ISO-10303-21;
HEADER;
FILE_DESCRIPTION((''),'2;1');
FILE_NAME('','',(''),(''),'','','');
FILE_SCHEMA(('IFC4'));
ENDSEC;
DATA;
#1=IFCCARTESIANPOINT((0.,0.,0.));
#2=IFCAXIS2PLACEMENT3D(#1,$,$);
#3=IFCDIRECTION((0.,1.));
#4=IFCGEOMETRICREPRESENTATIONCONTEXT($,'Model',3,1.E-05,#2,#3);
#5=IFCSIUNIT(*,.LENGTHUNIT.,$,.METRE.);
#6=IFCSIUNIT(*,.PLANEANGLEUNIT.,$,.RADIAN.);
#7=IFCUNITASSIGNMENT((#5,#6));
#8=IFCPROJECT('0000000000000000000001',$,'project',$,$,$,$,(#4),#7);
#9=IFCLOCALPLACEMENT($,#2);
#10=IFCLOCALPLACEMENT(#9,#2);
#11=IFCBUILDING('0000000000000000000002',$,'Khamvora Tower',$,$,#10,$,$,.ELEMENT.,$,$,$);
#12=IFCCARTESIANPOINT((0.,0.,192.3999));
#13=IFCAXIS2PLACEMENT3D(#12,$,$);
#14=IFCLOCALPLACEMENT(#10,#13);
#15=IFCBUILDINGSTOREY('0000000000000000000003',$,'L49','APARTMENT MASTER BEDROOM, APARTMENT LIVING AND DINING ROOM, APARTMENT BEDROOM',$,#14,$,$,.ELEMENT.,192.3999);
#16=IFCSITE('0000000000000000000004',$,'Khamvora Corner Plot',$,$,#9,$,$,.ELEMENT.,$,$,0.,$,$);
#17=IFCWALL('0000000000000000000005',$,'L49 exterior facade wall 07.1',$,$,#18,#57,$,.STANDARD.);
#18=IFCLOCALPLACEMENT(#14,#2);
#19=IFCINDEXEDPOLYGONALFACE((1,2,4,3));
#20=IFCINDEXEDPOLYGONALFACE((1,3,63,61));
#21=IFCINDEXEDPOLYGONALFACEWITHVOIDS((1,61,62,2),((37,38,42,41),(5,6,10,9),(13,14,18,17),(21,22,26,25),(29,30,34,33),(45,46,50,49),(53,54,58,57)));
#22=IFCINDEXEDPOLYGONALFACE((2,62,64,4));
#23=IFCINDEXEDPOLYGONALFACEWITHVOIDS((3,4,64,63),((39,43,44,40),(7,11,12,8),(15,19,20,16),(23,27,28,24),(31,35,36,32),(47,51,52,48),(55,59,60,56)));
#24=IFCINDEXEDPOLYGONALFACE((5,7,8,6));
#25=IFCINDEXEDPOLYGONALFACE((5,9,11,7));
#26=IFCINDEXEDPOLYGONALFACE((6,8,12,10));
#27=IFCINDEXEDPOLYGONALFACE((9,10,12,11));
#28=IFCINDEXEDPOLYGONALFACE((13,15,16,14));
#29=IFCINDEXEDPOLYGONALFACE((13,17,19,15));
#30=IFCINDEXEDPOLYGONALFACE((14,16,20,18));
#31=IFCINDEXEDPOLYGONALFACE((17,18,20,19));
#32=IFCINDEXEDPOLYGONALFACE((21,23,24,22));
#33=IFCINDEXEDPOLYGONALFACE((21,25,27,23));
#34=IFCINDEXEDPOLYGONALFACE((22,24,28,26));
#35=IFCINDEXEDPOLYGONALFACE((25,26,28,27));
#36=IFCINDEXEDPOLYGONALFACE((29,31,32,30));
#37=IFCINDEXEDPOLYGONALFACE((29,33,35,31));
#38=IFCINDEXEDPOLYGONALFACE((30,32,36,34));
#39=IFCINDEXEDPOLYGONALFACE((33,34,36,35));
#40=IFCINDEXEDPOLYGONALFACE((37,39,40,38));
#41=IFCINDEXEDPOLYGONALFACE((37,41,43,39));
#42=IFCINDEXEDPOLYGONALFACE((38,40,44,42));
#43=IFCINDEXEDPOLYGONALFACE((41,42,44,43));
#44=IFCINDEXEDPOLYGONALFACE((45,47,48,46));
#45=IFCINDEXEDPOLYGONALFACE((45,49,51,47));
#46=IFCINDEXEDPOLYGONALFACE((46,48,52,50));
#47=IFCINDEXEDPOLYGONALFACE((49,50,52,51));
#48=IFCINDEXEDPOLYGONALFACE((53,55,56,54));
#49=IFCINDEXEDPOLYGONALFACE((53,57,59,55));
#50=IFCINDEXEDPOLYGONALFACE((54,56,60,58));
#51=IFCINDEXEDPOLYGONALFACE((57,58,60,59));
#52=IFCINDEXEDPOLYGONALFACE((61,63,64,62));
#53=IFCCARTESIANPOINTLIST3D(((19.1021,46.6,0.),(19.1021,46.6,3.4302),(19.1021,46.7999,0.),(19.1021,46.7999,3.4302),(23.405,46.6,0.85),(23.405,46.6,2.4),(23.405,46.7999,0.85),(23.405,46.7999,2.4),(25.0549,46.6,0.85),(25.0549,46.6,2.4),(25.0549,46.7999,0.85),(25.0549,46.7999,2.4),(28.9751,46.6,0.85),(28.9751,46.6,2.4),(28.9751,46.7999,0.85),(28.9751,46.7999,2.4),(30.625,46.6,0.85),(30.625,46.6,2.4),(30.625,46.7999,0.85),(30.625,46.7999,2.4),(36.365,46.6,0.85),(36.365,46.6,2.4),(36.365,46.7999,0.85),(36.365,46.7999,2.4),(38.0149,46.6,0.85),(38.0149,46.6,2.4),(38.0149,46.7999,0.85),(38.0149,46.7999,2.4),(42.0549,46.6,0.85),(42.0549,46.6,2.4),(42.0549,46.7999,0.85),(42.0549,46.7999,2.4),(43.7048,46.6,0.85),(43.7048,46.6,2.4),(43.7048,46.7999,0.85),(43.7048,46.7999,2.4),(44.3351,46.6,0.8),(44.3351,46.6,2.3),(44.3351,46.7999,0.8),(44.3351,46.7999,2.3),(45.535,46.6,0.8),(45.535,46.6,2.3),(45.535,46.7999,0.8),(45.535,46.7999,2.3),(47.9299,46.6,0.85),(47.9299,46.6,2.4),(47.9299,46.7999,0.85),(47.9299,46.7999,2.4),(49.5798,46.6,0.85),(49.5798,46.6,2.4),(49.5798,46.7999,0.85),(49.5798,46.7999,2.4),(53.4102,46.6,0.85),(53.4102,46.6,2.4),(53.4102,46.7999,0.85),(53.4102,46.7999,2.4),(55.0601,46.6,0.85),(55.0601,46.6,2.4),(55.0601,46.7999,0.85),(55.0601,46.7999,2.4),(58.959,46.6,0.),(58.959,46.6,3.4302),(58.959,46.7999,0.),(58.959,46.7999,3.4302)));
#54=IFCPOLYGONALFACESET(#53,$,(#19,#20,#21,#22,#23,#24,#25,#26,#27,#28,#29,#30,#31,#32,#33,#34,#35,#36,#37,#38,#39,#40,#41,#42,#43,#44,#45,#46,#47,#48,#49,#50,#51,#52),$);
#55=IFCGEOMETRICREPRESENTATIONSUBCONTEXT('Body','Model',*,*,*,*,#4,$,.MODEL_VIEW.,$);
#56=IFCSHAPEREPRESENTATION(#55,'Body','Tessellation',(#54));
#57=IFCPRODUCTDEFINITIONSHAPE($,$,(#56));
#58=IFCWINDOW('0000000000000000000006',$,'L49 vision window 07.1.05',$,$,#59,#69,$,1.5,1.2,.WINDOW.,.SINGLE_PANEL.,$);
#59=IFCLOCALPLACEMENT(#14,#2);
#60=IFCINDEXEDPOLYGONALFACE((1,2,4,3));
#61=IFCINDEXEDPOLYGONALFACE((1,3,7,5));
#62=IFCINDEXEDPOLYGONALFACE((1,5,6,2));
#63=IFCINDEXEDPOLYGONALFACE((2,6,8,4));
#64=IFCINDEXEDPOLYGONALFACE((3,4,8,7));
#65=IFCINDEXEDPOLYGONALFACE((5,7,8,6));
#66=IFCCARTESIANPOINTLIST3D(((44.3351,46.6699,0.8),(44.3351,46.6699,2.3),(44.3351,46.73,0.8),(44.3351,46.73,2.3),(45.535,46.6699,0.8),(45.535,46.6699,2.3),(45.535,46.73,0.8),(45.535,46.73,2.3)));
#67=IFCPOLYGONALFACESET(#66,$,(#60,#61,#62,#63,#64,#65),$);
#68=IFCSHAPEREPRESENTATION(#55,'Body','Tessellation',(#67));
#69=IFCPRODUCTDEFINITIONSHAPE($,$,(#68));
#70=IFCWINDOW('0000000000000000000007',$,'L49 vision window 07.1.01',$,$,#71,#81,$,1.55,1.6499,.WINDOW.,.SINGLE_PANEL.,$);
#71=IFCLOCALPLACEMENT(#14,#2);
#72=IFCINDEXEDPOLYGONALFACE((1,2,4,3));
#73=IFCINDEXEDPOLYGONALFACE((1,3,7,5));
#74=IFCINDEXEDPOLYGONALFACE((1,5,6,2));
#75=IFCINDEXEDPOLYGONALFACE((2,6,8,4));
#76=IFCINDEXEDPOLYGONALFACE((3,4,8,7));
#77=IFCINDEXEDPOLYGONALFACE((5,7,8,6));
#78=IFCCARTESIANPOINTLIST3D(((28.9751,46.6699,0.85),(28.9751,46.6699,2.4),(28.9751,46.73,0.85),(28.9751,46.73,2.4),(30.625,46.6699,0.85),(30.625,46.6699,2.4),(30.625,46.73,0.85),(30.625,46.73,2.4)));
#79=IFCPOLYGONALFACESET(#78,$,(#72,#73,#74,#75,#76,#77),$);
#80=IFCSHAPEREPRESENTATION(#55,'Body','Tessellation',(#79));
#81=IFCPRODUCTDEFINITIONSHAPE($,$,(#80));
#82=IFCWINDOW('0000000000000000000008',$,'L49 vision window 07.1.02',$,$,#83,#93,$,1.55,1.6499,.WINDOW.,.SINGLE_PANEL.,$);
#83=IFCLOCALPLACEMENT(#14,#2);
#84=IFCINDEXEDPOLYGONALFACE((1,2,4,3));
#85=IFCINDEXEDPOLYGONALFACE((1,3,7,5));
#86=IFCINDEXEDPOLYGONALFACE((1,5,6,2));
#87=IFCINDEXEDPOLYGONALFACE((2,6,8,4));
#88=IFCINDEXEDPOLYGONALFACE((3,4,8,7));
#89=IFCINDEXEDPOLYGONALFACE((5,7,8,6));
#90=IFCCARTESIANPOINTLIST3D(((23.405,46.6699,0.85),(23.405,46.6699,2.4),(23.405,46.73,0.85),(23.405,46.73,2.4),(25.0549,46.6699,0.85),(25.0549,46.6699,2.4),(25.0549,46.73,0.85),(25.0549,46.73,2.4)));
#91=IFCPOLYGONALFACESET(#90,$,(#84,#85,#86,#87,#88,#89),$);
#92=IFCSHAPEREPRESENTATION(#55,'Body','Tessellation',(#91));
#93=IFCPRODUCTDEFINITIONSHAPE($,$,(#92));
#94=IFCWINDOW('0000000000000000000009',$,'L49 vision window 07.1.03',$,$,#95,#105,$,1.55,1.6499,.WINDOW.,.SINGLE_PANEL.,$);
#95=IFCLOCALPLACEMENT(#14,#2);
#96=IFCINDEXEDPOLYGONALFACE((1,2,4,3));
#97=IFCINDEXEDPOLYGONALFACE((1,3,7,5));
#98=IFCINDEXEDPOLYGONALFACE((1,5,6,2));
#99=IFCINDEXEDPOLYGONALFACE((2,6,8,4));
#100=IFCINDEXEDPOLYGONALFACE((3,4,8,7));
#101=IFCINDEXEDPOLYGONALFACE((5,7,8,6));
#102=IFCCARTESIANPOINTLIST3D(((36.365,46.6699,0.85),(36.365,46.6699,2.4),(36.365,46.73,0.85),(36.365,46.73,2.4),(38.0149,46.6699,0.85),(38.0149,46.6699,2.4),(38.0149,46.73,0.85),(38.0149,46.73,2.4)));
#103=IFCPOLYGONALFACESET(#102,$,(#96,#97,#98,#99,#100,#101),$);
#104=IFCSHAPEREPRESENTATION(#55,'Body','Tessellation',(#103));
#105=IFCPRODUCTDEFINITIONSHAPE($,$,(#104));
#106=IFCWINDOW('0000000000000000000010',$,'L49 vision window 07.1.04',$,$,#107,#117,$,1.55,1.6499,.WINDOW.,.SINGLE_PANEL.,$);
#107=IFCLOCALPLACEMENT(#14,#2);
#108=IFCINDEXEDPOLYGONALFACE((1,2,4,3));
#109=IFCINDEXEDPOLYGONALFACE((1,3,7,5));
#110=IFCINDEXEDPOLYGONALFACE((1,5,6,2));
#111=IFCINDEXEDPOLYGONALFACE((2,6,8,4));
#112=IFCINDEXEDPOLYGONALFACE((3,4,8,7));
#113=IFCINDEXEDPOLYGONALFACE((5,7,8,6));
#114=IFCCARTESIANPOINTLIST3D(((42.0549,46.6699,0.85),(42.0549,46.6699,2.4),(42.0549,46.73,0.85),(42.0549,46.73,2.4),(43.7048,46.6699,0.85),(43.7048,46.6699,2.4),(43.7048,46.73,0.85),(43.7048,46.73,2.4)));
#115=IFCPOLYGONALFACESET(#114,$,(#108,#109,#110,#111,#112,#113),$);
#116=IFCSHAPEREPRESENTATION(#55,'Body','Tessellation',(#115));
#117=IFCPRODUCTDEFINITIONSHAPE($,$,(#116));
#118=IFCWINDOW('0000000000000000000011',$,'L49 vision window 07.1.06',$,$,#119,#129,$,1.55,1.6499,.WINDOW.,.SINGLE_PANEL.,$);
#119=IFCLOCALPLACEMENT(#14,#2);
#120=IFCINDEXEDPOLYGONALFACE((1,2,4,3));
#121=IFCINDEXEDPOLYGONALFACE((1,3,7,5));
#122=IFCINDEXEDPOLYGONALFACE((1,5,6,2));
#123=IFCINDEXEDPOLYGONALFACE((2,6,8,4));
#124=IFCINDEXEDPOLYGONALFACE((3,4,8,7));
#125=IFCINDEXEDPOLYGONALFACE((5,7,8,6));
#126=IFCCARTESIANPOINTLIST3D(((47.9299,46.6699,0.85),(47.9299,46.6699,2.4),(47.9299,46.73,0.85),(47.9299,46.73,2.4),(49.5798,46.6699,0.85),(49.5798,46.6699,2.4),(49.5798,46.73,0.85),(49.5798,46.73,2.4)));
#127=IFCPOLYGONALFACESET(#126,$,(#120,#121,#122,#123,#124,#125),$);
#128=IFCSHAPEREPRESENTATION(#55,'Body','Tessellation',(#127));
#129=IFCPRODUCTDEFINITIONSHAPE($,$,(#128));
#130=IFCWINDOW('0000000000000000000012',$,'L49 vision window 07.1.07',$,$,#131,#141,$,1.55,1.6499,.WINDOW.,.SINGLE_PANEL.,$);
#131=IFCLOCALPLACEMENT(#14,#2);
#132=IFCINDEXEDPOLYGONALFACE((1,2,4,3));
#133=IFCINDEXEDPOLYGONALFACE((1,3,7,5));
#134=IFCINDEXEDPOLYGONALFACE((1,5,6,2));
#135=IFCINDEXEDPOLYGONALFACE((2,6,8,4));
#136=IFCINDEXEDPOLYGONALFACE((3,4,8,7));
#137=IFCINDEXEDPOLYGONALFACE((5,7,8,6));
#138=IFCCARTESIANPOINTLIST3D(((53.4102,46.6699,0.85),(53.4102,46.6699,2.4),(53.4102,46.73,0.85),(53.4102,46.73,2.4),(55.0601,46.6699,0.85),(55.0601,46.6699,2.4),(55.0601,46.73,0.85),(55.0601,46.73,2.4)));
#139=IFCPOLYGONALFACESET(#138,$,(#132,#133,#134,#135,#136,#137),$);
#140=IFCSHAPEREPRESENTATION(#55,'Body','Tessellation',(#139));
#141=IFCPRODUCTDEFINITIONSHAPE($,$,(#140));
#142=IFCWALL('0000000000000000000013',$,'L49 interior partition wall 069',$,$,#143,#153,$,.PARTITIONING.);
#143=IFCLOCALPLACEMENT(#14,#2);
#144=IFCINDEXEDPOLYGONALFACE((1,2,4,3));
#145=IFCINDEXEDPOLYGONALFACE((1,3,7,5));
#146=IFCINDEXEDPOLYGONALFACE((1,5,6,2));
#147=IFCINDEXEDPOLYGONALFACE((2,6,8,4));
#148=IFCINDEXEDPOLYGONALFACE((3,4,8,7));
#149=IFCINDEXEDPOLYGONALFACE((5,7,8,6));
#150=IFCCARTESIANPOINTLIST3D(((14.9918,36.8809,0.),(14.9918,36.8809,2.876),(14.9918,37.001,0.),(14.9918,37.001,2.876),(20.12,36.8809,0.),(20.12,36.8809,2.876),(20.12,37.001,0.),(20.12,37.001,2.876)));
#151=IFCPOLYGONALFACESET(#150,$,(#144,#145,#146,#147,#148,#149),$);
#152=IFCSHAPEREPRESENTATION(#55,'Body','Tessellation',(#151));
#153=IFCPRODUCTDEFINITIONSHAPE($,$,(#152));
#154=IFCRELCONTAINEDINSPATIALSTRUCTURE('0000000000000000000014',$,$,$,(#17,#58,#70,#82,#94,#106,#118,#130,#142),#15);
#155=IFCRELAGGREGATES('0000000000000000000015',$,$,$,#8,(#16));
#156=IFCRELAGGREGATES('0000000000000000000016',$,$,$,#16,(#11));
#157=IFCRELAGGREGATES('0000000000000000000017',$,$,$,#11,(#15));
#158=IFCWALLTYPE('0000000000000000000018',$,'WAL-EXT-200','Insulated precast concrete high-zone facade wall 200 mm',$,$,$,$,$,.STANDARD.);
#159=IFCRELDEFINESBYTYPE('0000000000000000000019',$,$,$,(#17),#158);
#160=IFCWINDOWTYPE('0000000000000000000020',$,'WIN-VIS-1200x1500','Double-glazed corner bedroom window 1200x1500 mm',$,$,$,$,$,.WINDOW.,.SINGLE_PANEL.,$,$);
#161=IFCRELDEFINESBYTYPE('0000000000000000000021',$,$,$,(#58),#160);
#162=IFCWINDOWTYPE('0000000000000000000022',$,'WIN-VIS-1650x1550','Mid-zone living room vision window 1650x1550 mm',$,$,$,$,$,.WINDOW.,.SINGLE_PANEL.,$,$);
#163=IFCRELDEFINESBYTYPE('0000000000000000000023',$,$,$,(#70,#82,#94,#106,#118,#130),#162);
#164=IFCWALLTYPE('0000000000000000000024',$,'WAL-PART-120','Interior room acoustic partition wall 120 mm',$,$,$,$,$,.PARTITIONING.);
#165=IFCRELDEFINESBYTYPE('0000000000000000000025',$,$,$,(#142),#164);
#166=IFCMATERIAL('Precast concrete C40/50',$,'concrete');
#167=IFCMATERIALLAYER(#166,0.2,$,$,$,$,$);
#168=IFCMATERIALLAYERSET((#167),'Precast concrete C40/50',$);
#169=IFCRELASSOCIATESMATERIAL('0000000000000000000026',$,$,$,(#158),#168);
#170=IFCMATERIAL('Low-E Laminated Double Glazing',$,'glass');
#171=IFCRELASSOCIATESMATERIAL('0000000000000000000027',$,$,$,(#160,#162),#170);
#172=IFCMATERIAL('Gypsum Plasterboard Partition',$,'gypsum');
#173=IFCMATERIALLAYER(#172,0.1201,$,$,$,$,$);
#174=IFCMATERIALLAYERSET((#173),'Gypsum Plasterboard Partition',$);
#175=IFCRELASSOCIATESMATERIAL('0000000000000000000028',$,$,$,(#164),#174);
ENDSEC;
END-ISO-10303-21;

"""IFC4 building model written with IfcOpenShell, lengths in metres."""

from ifc_helpers import new_model, si_unit, direction, frame, frame_2d, origin, place, context, subcontext, project, spatial, rectangle, extrude, material, layer, layer_set, type_object, element, fill, save


model = new_model("IFC4")

# Units and contexts
model_context = context("Model", 3, precision=1e-05, world=origin(), true_north=direction((0.0, 1.0)))
body_context = subcontext(model_context, "Body", "Model", "MODEL_VIEW")
ifc_project = project(units=[si_unit("LENGTHUNIT", "METRE"), si_unit("PLANEANGLEUNIT", "RADIAN")], contexts=[model_context])

# Site, building, storey
site_placement = place(None, origin())
site = spatial("IfcSite", under=ifc_project, at=site_placement, Name="Khamvora Corner Plot", CompositionType="ELEMENT", RefElevation=0.0)
building_placement = place(site_placement, origin())
building = spatial("IfcBuilding", under=site, at=building_placement, Name="Khamvora Tower", CompositionType="ELEMENT")
storey_placement = place(building_placement, frame((0.0, 0.0, 192.3999)))
storey = spatial("IfcBuildingStorey", under=building, at=storey_placement, Name="L49", Description="APARTMENT MASTER BEDROOM, APARTMENT LIVING AND DINING ROOM, APARTMENT BEDROOM", CompositionType="ELEMENT", Elevation=192.3999)

# Shared definitions
ifc_material_1 = material(Name="Precast concrete C40/50", Category="concrete")
ifc_layer_1 = layer(ifc_material_1, 0.2)
ifc_layer_set_1 = layer_set([ifc_layer_1], Name="Precast concrete C40/50")
wall_type_1 = type_object("IfcWallType", Name="WAL-EXT-200", Description="Insulated precast concrete high-zone facade wall 200 mm", PredefinedType="STANDARD", material=ifc_layer_set_1)

# Wall, openings, windows
wall_1_placement = place(storey_placement, frame((19.1021, 46.7, 0.0), z_axis=(0.0, 0.0, 1.0), x_axis=(1.0, 0.0, 0.0)))
wall_1 = element("IfcWall", 1, at=wall_1_placement, inside=storey, type_object=wall_type_1, Name="L49 exterior facade wall 07.1", PredefinedType="STANDARD", context=body_context, shape_type="SweptSolid", body=[
    extrude(rectangle(XDim=39.8569, YDim=0.2, at=frame_2d((19.9285, 0.0))), origin(), (0.0, 0.0, 1.0), 3.4302),
])
opening_1_placement = place(wall_1_placement, frame((9.873, 0.0, 0.8501)))
opening_1 = element("IfcOpeningElement", 2, at=opening_1_placement, cuts=wall_1, PredefinedType="OPENING", context=body_context, shape_type="SweptSolid", body=[
    extrude(rectangle(XDim=1.6499, YDim=1.55, at=frame_2d((0.825, 0.7749))), frame((0.0, 0.1099, 0.0), z_axis=(0.0, -1.0, 0.0), x_axis=(1.0, 0.0, 0.0)), (0.0, 0.0, 1.0), 0.22),
])
opening_2_placement = place(wall_1_placement, frame((4.303, 0.0, 0.8501)))
opening_2 = element("IfcOpeningElement", 3, at=opening_2_placement, cuts=wall_1, PredefinedType="OPENING", context=body_context, shape_type="SweptSolid", body=[
    extrude(rectangle(XDim=1.6499, YDim=1.55, at=frame_2d((0.825, 0.7749))), frame((0.0, 0.1099, 0.0), z_axis=(0.0, -1.0, 0.0), x_axis=(1.0, 0.0, 0.0)), (0.0, 0.0, 1.0), 0.22),
])
opening_3_placement = place(wall_1_placement, frame((17.2629, 0.0, 0.8501)))
opening_3 = element("IfcOpeningElement", 4, at=opening_3_placement, cuts=wall_1, PredefinedType="OPENING", context=body_context, shape_type="SweptSolid", body=[
    extrude(rectangle(XDim=1.6499, YDim=1.55, at=frame_2d((0.825, 0.7749))), frame((0.0, 0.1099, 0.0), z_axis=(0.0, -1.0, 0.0), x_axis=(1.0, 0.0, 0.0)), (0.0, 0.0, 1.0), 0.22),
])
opening_4_placement = place(wall_1_placement, frame((22.9529, 0.0, 0.8501)))
opening_4 = element("IfcOpeningElement", 5, at=opening_4_placement, cuts=wall_1, PredefinedType="OPENING", context=body_context, shape_type="SweptSolid", body=[
    extrude(rectangle(XDim=1.6499, YDim=1.55, at=frame_2d((0.825, 0.7749))), frame((0.0, 0.1099, 0.0), z_axis=(0.0, -1.0, 0.0), x_axis=(1.0, 0.0, 0.0)), (0.0, 0.0, 1.0), 0.22),
])
opening_5_placement = place(wall_1_placement, frame((25.2329, 0.0, 0.8)))
opening_5 = element("IfcOpeningElement", 6, at=opening_5_placement, cuts=wall_1, PredefinedType="OPENING", context=body_context, shape_type="SweptSolid", body=[
    extrude(rectangle(XDim=1.2, YDim=1.5, at=frame_2d((0.6001, 0.75))), frame((0.0, 0.1099, 0.0), z_axis=(0.0, -1.0, 0.0), x_axis=(1.0, 0.0, 0.0)), (0.0, 0.0, 1.0), 0.22),
])
opening_6_placement = place(wall_1_placement, frame((28.8279, 0.0, 0.8501)))
opening_6 = element("IfcOpeningElement", 7, at=opening_6_placement, cuts=wall_1, PredefinedType="OPENING", context=body_context, shape_type="SweptSolid", body=[
    extrude(rectangle(XDim=1.6499, YDim=1.55, at=frame_2d((0.825, 0.7749))), frame((0.0, 0.1099, 0.0), z_axis=(0.0, -1.0, 0.0), x_axis=(1.0, 0.0, 0.0)), (0.0, 0.0, 1.0), 0.22),
])
opening_7_placement = place(wall_1_placement, frame((34.3081, 0.0, 0.8501)))
opening_7 = element("IfcOpeningElement", 8, at=opening_7_placement, cuts=wall_1, PredefinedType="OPENING", context=body_context, shape_type="SweptSolid", body=[
    extrude(rectangle(XDim=1.6499, YDim=1.55, at=frame_2d((0.825, 0.7749))), frame((0.0, 0.1099, 0.0), z_axis=(0.0, -1.0, 0.0), x_axis=(1.0, 0.0, 0.0)), (0.0, 0.0, 1.0), 0.22),
])
ifc_material_2 = material(Name="Low-E Laminated Double Glazing", Category="glass")
window_type_1 = type_object("IfcWindowType", Name="WIN-VIS-1200x1500", Description="Double-glazed corner bedroom window 1200x1500 mm", PartitioningType="SINGLE_PANEL", PredefinedType="WINDOW", material=ifc_material_2)
window_1_placement = place(opening_5_placement, origin())
window_1 = element("IfcWindow", 9, at=window_1_placement, inside=storey, type_object=window_type_1, Name="L49 vision window 07.1.05", OverallHeight=1.5, OverallWidth=1.2, PartitioningType="SINGLE_PANEL", PredefinedType="WINDOW", context=body_context, shape_type="SweptSolid", body=[
    extrude(rectangle(XDim=1.2, YDim=1.5, at=frame_2d((0.6001, 0.75))), frame((0.0, 0.03, 0.0), z_axis=(0.0, -1.0, 0.0), x_axis=(1.0, 0.0, 0.0)), (0.0, 0.0, 1.0), 0.0601),
])
fill(opening_5, window_1)
window_type_2 = type_object("IfcWindowType", Name="WIN-VIS-1650x1550", Description="Mid-zone living room vision window 1650x1550 mm", PartitioningType="SINGLE_PANEL", PredefinedType="WINDOW", material=ifc_material_2)
window_2_placement = place(opening_1_placement, origin())
window_2 = element("IfcWindow", 10, at=window_2_placement, inside=storey, type_object=window_type_2, Name="L49 vision window 07.1.01", OverallHeight=1.55, OverallWidth=1.6499, PartitioningType="SINGLE_PANEL", PredefinedType="WINDOW", context=body_context, shape_type="SweptSolid", body=[
    extrude(rectangle(XDim=1.6499, YDim=1.55, at=frame_2d((0.825, 0.7749))), frame((0.0, 0.03, 0.0), z_axis=(0.0, -1.0, 0.0), x_axis=(1.0, 0.0, 0.0)), (0.0, 0.0, 1.0), 0.0601),
])
fill(opening_1, window_2)
window_3_placement = place(opening_2_placement, origin())
window_3 = element("IfcWindow", 11, at=window_3_placement, inside=storey, type_object=window_type_2, Name="L49 vision window 07.1.02", OverallHeight=1.55, OverallWidth=1.6499, PartitioningType="SINGLE_PANEL", PredefinedType="WINDOW", context=body_context, shape_type="SweptSolid", body=[
    extrude(rectangle(XDim=1.6499, YDim=1.55, at=frame_2d((0.825, 0.7749))), frame((0.0, 0.03, 0.0), z_axis=(0.0, -1.0, 0.0), x_axis=(1.0, 0.0, 0.0)), (0.0, 0.0, 1.0), 0.0601),
])
fill(opening_2, window_3)
window_4_placement = place(opening_3_placement, origin())
window_4 = element("IfcWindow", 12, at=window_4_placement, inside=storey, type_object=window_type_2, Name="L49 vision window 07.1.03", OverallHeight=1.55, OverallWidth=1.6499, PartitioningType="SINGLE_PANEL", PredefinedType="WINDOW", context=body_context, shape_type="SweptSolid", body=[
    extrude(rectangle(XDim=1.6499, YDim=1.55, at=frame_2d((0.825, 0.7749))), frame((0.0, 0.03, 0.0), z_axis=(0.0, -1.0, 0.0), x_axis=(1.0, 0.0, 0.0)), (0.0, 0.0, 1.0), 0.0601),
])
fill(opening_3, window_4)
window_5_placement = place(opening_4_placement, origin())
window_5 = element("IfcWindow", 13, at=window_5_placement, inside=storey, type_object=window_type_2, Name="L49 vision window 07.1.04", OverallHeight=1.55, OverallWidth=1.6499, PartitioningType="SINGLE_PANEL", PredefinedType="WINDOW", context=body_context, shape_type="SweptSolid", body=[
    extrude(rectangle(XDim=1.6499, YDim=1.55, at=frame_2d((0.825, 0.7749))), frame((0.0, 0.03, 0.0), z_axis=(0.0, -1.0, 0.0), x_axis=(1.0, 0.0, 0.0)), (0.0, 0.0, 1.0), 0.0601),
])
fill(opening_4, window_5)
window_6_placement = place(opening_6_placement, origin())
window_6 = element("IfcWindow", 14, at=window_6_placement, inside=storey, type_object=window_type_2, Name="L49 vision window 07.1.06", OverallHeight=1.55, OverallWidth=1.6499, PartitioningType="SINGLE_PANEL", PredefinedType="WINDOW", context=body_context, shape_type="SweptSolid", body=[
    extrude(rectangle(XDim=1.6499, YDim=1.55, at=frame_2d((0.825, 0.7749))), frame((0.0, 0.03, 0.0), z_axis=(0.0, -1.0, 0.0), x_axis=(1.0, 0.0, 0.0)), (0.0, 0.0, 1.0), 0.0601),
])
fill(opening_6, window_6)
window_7_placement = place(opening_7_placement, origin())
window_7 = element("IfcWindow", 15, at=window_7_placement, inside=storey, type_object=window_type_2, Name="L49 vision window 07.1.07", OverallHeight=1.55, OverallWidth=1.6499, PartitioningType="SINGLE_PANEL", PredefinedType="WINDOW", context=body_context, shape_type="SweptSolid", body=[
    extrude(rectangle(XDim=1.6499, YDim=1.55, at=frame_2d((0.825, 0.7749))), frame((0.0, 0.03, 0.0), z_axis=(0.0, -1.0, 0.0), x_axis=(1.0, 0.0, 0.0)), (0.0, 0.0, 1.0), 0.0601),
])
fill(opening_7, window_7)

# Wall
ifc_material_3 = material(Name="Gypsum Plasterboard Partition", Category="gypsum")
ifc_layer_2 = layer(ifc_material_3, 0.1201)
ifc_layer_set_2 = layer_set([ifc_layer_2], Name="Gypsum Plasterboard Partition")
wall_type_2 = type_object("IfcWallType", Name="WAL-PART-120", Description="Interior room acoustic partition wall 120 mm", PredefinedType="PARTITIONING", material=ifc_layer_set_2)
wall_2_placement = place(storey_placement, frame((14.9919, 36.9409, 0.0), z_axis=(0.0, 0.0, 1.0), x_axis=(1.0, 0.0, 0.0)))
element("IfcWall", 16, at=wall_2_placement, inside=storey, type_object=wall_type_2, Name="L49 interior partition wall 069", PredefinedType="PARTITIONING", context=body_context, shape_type="SweptSolid", body=[
    extrude(rectangle(XDim=5.1282, YDim=0.1201, at=frame_2d((2.564, 0.0))), origin(), (0.0, 0.0, 1.0), 2.876),
])

save(model, "model.ifc")
